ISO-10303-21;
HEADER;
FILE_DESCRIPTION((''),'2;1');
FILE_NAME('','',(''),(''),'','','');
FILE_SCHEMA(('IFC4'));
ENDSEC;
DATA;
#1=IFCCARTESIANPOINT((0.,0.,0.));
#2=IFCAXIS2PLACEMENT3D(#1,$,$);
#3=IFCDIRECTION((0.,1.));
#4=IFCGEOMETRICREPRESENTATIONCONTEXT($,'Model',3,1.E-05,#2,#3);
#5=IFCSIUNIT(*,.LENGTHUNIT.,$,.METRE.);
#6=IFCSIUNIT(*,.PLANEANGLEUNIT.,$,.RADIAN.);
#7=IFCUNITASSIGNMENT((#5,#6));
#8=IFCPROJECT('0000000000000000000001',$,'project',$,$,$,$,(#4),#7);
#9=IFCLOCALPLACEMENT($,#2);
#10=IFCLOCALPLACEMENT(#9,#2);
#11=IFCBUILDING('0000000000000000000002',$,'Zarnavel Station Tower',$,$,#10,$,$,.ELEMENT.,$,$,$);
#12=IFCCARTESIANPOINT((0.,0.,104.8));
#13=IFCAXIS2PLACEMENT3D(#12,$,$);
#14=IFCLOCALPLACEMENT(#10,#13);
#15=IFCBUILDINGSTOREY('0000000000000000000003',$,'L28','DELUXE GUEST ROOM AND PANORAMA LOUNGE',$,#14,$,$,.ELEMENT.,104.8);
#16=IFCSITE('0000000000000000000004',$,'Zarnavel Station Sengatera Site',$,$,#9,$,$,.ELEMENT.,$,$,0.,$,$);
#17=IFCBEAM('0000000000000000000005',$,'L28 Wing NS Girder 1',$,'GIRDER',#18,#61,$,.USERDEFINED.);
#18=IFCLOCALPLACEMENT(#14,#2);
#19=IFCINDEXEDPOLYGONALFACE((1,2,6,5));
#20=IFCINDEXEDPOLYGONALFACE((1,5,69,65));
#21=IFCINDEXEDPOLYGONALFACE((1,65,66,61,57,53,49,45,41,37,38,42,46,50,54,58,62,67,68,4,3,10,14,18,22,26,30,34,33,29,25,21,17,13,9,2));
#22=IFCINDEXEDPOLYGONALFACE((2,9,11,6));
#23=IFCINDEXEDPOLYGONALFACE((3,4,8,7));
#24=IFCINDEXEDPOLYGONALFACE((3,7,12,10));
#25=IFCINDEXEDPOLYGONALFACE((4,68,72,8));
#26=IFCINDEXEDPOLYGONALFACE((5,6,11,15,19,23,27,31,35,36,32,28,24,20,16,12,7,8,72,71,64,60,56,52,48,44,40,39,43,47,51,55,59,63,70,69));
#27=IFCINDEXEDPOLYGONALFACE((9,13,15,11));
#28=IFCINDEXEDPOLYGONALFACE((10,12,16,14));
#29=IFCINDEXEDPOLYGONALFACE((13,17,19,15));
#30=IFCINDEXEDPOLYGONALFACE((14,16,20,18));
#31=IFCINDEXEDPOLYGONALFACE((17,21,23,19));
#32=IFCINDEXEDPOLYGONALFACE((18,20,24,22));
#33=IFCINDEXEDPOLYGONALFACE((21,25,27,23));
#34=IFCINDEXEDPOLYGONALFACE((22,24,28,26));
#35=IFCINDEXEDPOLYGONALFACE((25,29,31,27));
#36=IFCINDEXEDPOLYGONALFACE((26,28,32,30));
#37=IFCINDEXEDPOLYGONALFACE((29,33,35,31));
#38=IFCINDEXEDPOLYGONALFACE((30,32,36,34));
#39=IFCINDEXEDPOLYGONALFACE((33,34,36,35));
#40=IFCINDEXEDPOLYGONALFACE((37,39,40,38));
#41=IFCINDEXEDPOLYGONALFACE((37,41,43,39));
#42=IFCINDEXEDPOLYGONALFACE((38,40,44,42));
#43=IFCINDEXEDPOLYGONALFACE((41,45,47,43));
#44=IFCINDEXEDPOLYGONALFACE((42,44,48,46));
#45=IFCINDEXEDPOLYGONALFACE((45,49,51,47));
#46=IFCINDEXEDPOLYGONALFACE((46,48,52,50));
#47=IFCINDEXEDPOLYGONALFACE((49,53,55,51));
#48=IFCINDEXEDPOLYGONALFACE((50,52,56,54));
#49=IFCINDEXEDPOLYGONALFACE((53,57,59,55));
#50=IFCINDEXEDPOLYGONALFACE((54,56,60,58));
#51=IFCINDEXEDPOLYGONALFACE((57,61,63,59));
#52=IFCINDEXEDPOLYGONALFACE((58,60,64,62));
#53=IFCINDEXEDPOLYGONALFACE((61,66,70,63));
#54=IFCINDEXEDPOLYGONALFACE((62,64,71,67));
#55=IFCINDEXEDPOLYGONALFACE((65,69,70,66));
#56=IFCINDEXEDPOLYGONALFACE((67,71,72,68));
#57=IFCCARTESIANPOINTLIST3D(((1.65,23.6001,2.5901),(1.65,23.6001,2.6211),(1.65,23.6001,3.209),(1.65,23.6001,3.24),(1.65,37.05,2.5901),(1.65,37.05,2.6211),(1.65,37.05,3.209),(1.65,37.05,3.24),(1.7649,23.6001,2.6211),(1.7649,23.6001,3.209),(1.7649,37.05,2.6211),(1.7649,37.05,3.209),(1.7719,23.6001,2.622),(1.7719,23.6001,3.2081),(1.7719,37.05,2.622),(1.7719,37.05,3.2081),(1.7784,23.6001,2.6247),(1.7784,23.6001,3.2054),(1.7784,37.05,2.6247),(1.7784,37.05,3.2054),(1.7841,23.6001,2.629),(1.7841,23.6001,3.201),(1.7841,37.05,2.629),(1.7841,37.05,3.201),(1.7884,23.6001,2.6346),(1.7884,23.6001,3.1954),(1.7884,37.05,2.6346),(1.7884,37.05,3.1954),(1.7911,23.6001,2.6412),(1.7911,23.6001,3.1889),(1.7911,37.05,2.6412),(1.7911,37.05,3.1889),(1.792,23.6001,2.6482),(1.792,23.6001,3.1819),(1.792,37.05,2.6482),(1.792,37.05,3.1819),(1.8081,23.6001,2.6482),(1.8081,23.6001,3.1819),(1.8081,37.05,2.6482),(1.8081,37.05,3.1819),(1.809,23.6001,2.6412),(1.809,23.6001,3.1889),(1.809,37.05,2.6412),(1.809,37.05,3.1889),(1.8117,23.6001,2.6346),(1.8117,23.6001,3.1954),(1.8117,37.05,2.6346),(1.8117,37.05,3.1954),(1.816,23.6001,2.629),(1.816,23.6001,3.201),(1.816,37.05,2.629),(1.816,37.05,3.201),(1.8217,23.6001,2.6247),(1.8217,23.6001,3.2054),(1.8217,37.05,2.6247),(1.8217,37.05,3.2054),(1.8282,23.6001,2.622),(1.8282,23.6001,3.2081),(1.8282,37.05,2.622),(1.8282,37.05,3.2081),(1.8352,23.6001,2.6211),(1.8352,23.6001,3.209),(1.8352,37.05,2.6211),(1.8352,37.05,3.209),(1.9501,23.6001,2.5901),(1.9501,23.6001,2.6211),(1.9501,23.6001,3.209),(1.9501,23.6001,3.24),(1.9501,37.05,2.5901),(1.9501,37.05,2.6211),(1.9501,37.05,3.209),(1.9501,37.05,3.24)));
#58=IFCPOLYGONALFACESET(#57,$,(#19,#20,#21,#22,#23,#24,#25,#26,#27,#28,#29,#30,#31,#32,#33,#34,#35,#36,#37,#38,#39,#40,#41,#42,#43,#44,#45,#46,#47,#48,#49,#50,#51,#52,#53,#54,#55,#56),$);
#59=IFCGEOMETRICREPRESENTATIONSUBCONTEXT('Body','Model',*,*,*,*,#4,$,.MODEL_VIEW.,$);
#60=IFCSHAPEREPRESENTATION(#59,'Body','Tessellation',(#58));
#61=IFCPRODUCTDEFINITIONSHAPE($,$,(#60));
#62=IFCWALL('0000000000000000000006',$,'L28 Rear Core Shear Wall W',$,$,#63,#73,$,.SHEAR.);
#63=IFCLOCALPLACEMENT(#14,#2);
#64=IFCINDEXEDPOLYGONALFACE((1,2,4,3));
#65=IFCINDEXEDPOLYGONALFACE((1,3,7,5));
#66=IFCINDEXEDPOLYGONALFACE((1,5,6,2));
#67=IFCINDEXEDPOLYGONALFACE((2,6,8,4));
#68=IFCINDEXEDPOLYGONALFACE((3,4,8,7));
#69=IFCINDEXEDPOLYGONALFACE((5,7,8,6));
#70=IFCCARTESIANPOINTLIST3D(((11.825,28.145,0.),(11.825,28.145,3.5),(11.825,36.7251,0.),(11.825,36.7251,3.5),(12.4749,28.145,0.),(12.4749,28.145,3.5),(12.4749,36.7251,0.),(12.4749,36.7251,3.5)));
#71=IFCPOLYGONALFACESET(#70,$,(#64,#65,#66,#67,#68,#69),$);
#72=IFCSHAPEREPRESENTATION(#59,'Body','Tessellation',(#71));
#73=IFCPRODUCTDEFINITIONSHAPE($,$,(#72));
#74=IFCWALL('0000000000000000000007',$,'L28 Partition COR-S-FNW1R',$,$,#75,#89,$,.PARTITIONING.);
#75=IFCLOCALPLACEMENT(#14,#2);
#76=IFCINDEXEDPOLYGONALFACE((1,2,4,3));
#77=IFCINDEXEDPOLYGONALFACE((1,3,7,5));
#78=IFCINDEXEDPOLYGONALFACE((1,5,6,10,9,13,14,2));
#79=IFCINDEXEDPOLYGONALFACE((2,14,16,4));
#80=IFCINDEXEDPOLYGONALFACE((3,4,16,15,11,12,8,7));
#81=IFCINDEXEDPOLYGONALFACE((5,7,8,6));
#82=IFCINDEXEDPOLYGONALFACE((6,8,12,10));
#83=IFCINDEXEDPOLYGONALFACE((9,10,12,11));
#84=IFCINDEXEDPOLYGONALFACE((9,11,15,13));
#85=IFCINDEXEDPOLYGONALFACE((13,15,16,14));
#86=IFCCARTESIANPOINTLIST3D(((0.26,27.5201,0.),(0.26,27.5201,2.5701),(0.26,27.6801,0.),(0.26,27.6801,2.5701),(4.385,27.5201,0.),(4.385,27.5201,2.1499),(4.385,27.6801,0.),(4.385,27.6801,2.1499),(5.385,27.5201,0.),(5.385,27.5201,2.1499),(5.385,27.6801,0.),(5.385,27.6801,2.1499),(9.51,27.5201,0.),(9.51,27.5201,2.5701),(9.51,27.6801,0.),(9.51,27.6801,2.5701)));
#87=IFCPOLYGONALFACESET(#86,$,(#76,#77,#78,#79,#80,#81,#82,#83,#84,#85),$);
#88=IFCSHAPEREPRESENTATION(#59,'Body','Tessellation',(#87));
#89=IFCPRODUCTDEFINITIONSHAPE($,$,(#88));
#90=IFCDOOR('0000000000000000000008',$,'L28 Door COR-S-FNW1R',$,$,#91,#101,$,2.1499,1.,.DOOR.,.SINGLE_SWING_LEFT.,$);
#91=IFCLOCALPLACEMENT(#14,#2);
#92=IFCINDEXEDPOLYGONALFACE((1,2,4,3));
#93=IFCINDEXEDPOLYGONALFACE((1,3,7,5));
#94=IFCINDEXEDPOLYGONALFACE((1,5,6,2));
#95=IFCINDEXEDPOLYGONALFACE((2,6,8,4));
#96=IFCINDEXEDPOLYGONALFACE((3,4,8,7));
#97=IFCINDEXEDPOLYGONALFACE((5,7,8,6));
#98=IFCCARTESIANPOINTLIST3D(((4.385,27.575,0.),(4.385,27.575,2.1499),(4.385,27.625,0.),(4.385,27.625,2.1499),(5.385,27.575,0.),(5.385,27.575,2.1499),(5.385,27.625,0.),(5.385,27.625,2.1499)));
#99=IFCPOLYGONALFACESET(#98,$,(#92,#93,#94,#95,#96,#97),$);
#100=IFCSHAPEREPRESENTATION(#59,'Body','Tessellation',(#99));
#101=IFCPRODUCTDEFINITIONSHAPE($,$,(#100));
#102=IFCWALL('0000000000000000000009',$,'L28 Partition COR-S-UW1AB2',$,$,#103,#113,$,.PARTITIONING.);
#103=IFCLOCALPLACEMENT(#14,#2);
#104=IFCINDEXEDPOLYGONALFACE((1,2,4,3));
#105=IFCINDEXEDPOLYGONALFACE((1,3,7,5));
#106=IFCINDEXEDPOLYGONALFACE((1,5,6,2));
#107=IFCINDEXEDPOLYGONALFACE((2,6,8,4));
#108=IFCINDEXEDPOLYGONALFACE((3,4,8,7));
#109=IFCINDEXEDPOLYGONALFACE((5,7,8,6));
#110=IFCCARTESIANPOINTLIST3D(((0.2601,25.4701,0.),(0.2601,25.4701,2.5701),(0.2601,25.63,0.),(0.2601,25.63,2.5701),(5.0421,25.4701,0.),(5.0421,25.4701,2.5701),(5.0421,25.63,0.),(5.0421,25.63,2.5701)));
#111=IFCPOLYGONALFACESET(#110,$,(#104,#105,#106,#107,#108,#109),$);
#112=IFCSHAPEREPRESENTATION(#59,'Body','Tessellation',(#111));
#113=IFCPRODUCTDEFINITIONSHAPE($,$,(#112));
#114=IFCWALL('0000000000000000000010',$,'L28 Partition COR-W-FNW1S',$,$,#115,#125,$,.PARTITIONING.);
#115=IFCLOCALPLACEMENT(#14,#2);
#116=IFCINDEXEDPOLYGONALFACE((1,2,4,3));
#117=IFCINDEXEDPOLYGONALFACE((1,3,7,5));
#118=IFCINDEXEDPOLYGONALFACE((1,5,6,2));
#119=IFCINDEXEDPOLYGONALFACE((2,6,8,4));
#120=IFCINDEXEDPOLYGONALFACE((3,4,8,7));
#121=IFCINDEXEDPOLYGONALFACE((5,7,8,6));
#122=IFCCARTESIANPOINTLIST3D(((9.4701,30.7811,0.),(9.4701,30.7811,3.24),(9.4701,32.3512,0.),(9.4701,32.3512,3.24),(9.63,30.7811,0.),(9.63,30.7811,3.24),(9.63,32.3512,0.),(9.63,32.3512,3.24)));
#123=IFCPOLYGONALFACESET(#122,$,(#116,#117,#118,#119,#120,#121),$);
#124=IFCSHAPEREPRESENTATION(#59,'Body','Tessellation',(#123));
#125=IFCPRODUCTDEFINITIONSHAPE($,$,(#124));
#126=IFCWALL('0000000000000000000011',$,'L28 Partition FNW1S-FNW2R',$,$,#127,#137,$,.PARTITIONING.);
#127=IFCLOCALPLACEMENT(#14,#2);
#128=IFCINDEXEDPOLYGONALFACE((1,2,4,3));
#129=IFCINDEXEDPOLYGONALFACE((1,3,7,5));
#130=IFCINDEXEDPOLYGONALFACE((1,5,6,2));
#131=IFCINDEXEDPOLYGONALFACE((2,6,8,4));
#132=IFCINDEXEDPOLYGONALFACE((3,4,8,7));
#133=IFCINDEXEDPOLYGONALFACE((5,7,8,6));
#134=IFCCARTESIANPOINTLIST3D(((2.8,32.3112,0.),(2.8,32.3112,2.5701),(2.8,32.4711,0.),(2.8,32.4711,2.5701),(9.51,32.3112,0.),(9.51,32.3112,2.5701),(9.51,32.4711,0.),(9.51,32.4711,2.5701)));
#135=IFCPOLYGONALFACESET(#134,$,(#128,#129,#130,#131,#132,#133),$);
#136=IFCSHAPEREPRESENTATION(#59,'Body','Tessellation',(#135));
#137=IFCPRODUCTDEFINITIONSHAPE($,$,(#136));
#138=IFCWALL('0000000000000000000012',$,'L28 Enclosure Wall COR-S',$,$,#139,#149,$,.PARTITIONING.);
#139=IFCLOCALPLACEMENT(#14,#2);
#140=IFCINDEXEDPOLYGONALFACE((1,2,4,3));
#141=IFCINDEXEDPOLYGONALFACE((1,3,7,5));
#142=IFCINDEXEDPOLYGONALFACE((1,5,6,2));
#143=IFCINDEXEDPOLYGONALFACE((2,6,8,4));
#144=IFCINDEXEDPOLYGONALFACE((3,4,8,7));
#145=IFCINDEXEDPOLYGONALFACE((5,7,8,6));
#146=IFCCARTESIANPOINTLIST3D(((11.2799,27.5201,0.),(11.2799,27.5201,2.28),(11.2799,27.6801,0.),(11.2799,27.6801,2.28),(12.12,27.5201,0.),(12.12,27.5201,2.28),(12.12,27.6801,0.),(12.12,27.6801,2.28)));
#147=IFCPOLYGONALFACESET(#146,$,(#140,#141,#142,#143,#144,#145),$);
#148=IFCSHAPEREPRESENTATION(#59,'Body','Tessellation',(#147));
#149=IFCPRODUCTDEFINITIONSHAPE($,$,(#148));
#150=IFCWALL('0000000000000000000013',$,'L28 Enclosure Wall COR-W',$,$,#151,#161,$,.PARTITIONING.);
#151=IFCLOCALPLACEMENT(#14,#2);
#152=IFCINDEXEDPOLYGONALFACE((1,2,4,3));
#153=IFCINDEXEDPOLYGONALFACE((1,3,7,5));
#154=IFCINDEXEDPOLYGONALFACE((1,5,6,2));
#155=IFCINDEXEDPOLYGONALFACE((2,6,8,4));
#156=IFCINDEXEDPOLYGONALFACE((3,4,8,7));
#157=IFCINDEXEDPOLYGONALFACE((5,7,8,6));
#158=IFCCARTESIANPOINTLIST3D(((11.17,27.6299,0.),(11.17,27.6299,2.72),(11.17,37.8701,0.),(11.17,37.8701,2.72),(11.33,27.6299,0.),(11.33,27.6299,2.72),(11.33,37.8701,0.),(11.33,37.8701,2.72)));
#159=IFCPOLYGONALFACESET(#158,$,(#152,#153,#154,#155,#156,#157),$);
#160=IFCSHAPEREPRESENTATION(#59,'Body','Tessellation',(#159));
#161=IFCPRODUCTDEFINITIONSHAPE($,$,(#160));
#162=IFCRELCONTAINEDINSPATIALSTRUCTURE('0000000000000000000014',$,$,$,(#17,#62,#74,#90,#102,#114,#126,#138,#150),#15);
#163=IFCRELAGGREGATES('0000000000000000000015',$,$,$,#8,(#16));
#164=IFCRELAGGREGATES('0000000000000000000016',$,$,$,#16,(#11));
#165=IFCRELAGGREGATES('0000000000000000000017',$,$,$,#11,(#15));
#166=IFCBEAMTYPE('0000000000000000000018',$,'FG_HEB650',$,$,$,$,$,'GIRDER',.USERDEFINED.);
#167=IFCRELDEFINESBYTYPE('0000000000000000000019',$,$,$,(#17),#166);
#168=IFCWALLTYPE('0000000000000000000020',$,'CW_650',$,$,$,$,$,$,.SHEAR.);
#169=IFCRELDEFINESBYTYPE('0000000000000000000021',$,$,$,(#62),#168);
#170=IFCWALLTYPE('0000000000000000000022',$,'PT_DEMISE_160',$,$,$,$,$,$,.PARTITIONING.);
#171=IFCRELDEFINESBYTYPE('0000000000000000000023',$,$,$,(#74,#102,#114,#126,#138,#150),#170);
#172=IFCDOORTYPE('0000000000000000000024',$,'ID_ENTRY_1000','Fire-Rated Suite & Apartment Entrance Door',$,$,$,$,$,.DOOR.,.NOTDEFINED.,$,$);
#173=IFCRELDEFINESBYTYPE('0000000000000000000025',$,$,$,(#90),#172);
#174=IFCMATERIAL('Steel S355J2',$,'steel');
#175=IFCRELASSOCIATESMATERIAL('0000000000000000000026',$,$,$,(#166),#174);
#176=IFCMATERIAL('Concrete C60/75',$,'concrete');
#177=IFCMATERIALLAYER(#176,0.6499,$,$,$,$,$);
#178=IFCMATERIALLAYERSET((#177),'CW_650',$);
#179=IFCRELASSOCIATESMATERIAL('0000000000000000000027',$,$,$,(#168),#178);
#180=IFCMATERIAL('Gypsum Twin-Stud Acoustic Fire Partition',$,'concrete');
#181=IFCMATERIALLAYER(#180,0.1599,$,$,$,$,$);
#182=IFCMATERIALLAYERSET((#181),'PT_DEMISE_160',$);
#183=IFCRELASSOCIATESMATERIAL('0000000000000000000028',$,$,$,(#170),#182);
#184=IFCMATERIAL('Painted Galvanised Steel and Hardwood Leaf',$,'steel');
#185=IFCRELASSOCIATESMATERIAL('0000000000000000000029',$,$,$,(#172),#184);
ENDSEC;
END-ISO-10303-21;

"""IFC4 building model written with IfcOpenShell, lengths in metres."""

from ifc_helpers import new_model, si_unit, direction, frame, frame_2d, origin, origin_2d, place, context, subcontext, project, spatial, rectangle, i_section, extrude, material, layer, layer_set, material_profile, profile_set, type_object, element, fill, save


model = new_model("IFC4")

# Units and contexts
model_context = context("Model", 3, precision=1e-05, world=origin(), true_north=direction((0.0, 1.0)))
body_context = subcontext(model_context, "Body", "Model", "MODEL_VIEW")
ifc_project = project(units=[si_unit("LENGTHUNIT", "METRE"), si_unit("PLANEANGLEUNIT", "RADIAN")], contexts=[model_context])

# Site, building, storey
site_placement = place(None, origin())
site = spatial("IfcSite", under=ifc_project, at=site_placement, Name="Zarnavel Station Sengatera Site", CompositionType="ELEMENT", RefElevation=0.0)
building_placement = place(site_placement, origin())
building = spatial("IfcBuilding", under=site, at=building_placement, Name="Zarnavel Station Tower", CompositionType="ELEMENT")
storey_placement = place(building_placement, frame((0.0, 0.0, 104.8)))
storey = spatial("IfcBuildingStorey", under=building, at=storey_placement, Name="L28", Description="DELUXE GUEST ROOM AND PANORAMA LOUNGE", CompositionType="ELEMENT", Elevation=104.8)

# Beam
ifc_material_1 = material(Name="Steel S355J2", Category="steel")
ifc_material_profile_1 = material_profile(ifc_material_1, i_section(OverallWidth=0.3, OverallDepth=0.6499, WebThickness=0.0161, FlangeThickness=0.031, FilletRadius=0.0271, at=origin_2d()), Name="HEB650")
ifc_profile_set_1 = profile_set([ifc_material_profile_1], Name="Steel S355J2")
beam_type_1 = type_object("IfcBeamType", Name="FG_HEB650", ElementType="GIRDER", PredefinedType="USERDEFINED", material=ifc_profile_set_1)
beam_1_placement = place(storey_placement, frame((1.8, 23.6001, 2.915), z_axis=(0.0, 1.0, 0.0), x_axis=(-1.0, 0.0, 0.0)))
element("IfcBeam", 1, at=beam_1_placement, inside=storey, type_object=beam_type_1, Name="L28 Wing NS Girder 1", ObjectType="GIRDER", PredefinedType="USERDEFINED", context=body_context, shape_type="SweptSolid", body=[
    extrude(i_section(OverallWidth=0.3, OverallDepth=0.6499, WebThickness=0.0161, FlangeThickness=0.031, FilletRadius=0.0271, at=origin_2d()), origin(), (0.0, 0.0, 1.0), 13.45),
])

# Wall
ifc_material_2 = material(Name="Concrete C60/75", Category="concrete")
ifc_layer_1 = layer(ifc_material_2, 0.6499)
ifc_layer_set_1 = layer_set([ifc_layer_1], Name="CW_650")
wall_type_1 = type_object("IfcWallType", Name="CW_650", PredefinedType="SHEAR", material=ifc_layer_set_1)
wall_1_placement = place(storey_placement, frame((12.1499, 28.145, 0.0), z_axis=(0.0, 0.0, 1.0), x_axis=(0.0, 1.0, 0.0)))
element("IfcWall", 2, at=wall_1_placement, inside=storey, type_object=wall_type_1, Name="L28 Rear Core Shear Wall W", PredefinedType="SHEAR", context=body_context, shape_type="SweptSolid", body=[
    extrude(rectangle(XDim=8.5801, YDim=0.6499, at=frame_2d((4.29, 0.0))), origin(), (0.0, 0.0, 1.0), 3.5),
])

# Wall, opening, door
ifc_material_3 = material(Name="Gypsum Twin-Stud Acoustic Fire Partition", Category="concrete")
ifc_layer_2 = layer(ifc_material_3, 0.1599)
ifc_layer_set_2 = layer_set([ifc_layer_2], Name="PT_DEMISE_160")
wall_type_2 = type_object("IfcWallType", Name="PT_DEMISE_160", PredefinedType="PARTITIONING", material=ifc_layer_set_2)
wall_2_placement = place(storey_placement, frame((0.26, 27.6001, 0.0), z_axis=(0.0, 0.0, 1.0), x_axis=(1.0, 0.0, 0.0)))
wall_2 = element("IfcWall", 3, at=wall_2_placement, inside=storey, type_object=wall_type_2, Name="L28 Partition COR-S-FNW1R", PredefinedType="PARTITIONING", context=body_context, shape_type="SweptSolid", body=[
    extrude(rectangle(XDim=9.25, YDim=0.1599, at=frame_2d((4.625, 0.0))), origin(), (0.0, 0.0, 1.0), 2.5701),
])
opening_1_placement = place(wall_2_placement, frame((4.125, 0.0, 0.0)))
opening_1 = element("IfcOpeningElement", 4, at=opening_1_placement, cuts=wall_2, PredefinedType="OPENING", context=body_context, shape_type="SweptSolid", body=[
    extrude(rectangle(XDim=1.0, YDim=2.1499, at=frame_2d((0.5, 1.075))), frame((0.0, 0.0898, 0.0), z_axis=(0.0, -1.0, 0.0), x_axis=(1.0, 0.0, 0.0)), (0.0, 0.0, 1.0), 0.1799),
])
ifc_material_4 = material(Name="Painted Galvanised Steel and Hardwood Leaf", Category="steel")
door_type_1 = type_object("IfcDoorType", Name="ID_ENTRY_1000", Description="Fire-Rated Suite & Apartment Entrance Door", OperationType="NOTDEFINED", PredefinedType="DOOR", material=ifc_material_4)
door_1_placement = place(opening_1_placement, origin())
door_1 = element("IfcDoor", 5, at=door_1_placement, inside=storey, type_object=door_type_1, Name="L28 Door COR-S-FNW1R", OperationType="SINGLE_SWING_LEFT", OverallHeight=2.1499, OverallWidth=1.0, PredefinedType="DOOR", context=body_context, shape_type="SweptSolid", body=[
    extrude(rectangle(XDim=1.0, YDim=2.1499, at=frame_2d((0.5, 1.075))), frame((0.0, 0.0249, 0.0), z_axis=(0.0, -1.0, 0.0), x_axis=(1.0, 0.0, 0.0)), (0.0, 0.0, 1.0), 0.05),
])
fill(opening_1, door_1)

# Wall
wall_3_placement = place(storey_placement, frame((0.26, 25.55, 0.0), z_axis=(0.0, 0.0, 1.0), x_axis=(1.0, 0.0, 0.0)))
element("IfcWall", 6, at=wall_3_placement, inside=storey, type_object=wall_type_2, Name="L28 Partition COR-S-UW1AB2", PredefinedType="PARTITIONING", context=body_context, shape_type="SweptSolid", body=[
    extrude(rectangle(XDim=4.782, YDim=0.1599, at=frame_2d((2.3911, 0.0))), origin(), (0.0, 0.0, 1.0), 2.5701),
])

# Walls
wall_4_placement = place(storey_placement, frame((9.55, 30.781, 0.0), z_axis=(0.0, 0.0, 1.0), x_axis=(0.0, 1.0, 0.0)))
element("IfcWall", 7, at=wall_4_placement, inside=storey, type_object=wall_type_2, Name="L28 Partition COR-W-FNW1S", PredefinedType="PARTITIONING", context=body_context, shape_type="SweptSolid", body=[
    extrude(rectangle(XDim=1.5701, YDim=0.1599, at=frame_2d((0.7852, 0.0))), origin(), (0.0, 0.0, 1.0), 3.24),
])
wall_5_placement = place(storey_placement, frame((2.8, 32.3911, 0.0), z_axis=(0.0, 0.0, 1.0), x_axis=(1.0, 0.0, 0.0)))
element("IfcWall", 8, at=wall_5_placement, inside=storey, type_object=wall_type_2, Name="L28 Partition FNW1S-FNW2R", PredefinedType="PARTITIONING", context=body_context, shape_type="SweptSolid", body=[
    extrude(rectangle(XDim=6.71, YDim=0.1599, at=frame_2d((3.355, 0.0))), origin(), (0.0, 0.0, 1.0), 2.5701),
])
wall_6_placement = place(storey_placement, frame((11.28, 27.6001, 0.0), z_axis=(0.0, 0.0, 1.0), x_axis=(1.0, 0.0, 0.0)))
element("IfcWall", 9, at=wall_6_placement, inside=storey, type_object=wall_type_2, Name="L28 Enclosure Wall COR-S", PredefinedType="PARTITIONING", context=body_context, shape_type="SweptSolid", body=[
    extrude(rectangle(XDim=0.8401, YDim=0.1599, at=frame_2d((0.4199, 0.0))), origin(), (0.0, 0.0, 1.0), 2.28),
])
wall_7_placement = place(storey_placement, frame((11.25, 27.6299, 0.0), z_axis=(0.0, 0.0, 1.0), x_axis=(0.0, 1.0, 0.0)))
element("IfcWall", 10, at=wall_7_placement, inside=storey, type_object=wall_type_2, Name="L28 Enclosure Wall COR-W", PredefinedType="PARTITIONING", context=body_context, shape_type="SweptSolid", body=[
    extrude(rectangle(XDim=10.2402, YDim=0.1599, at=frame_2d((5.1201, 0.0))), origin(), (0.0, 0.0, 1.0), 2.72),
])

save(model, "model.ifc")
